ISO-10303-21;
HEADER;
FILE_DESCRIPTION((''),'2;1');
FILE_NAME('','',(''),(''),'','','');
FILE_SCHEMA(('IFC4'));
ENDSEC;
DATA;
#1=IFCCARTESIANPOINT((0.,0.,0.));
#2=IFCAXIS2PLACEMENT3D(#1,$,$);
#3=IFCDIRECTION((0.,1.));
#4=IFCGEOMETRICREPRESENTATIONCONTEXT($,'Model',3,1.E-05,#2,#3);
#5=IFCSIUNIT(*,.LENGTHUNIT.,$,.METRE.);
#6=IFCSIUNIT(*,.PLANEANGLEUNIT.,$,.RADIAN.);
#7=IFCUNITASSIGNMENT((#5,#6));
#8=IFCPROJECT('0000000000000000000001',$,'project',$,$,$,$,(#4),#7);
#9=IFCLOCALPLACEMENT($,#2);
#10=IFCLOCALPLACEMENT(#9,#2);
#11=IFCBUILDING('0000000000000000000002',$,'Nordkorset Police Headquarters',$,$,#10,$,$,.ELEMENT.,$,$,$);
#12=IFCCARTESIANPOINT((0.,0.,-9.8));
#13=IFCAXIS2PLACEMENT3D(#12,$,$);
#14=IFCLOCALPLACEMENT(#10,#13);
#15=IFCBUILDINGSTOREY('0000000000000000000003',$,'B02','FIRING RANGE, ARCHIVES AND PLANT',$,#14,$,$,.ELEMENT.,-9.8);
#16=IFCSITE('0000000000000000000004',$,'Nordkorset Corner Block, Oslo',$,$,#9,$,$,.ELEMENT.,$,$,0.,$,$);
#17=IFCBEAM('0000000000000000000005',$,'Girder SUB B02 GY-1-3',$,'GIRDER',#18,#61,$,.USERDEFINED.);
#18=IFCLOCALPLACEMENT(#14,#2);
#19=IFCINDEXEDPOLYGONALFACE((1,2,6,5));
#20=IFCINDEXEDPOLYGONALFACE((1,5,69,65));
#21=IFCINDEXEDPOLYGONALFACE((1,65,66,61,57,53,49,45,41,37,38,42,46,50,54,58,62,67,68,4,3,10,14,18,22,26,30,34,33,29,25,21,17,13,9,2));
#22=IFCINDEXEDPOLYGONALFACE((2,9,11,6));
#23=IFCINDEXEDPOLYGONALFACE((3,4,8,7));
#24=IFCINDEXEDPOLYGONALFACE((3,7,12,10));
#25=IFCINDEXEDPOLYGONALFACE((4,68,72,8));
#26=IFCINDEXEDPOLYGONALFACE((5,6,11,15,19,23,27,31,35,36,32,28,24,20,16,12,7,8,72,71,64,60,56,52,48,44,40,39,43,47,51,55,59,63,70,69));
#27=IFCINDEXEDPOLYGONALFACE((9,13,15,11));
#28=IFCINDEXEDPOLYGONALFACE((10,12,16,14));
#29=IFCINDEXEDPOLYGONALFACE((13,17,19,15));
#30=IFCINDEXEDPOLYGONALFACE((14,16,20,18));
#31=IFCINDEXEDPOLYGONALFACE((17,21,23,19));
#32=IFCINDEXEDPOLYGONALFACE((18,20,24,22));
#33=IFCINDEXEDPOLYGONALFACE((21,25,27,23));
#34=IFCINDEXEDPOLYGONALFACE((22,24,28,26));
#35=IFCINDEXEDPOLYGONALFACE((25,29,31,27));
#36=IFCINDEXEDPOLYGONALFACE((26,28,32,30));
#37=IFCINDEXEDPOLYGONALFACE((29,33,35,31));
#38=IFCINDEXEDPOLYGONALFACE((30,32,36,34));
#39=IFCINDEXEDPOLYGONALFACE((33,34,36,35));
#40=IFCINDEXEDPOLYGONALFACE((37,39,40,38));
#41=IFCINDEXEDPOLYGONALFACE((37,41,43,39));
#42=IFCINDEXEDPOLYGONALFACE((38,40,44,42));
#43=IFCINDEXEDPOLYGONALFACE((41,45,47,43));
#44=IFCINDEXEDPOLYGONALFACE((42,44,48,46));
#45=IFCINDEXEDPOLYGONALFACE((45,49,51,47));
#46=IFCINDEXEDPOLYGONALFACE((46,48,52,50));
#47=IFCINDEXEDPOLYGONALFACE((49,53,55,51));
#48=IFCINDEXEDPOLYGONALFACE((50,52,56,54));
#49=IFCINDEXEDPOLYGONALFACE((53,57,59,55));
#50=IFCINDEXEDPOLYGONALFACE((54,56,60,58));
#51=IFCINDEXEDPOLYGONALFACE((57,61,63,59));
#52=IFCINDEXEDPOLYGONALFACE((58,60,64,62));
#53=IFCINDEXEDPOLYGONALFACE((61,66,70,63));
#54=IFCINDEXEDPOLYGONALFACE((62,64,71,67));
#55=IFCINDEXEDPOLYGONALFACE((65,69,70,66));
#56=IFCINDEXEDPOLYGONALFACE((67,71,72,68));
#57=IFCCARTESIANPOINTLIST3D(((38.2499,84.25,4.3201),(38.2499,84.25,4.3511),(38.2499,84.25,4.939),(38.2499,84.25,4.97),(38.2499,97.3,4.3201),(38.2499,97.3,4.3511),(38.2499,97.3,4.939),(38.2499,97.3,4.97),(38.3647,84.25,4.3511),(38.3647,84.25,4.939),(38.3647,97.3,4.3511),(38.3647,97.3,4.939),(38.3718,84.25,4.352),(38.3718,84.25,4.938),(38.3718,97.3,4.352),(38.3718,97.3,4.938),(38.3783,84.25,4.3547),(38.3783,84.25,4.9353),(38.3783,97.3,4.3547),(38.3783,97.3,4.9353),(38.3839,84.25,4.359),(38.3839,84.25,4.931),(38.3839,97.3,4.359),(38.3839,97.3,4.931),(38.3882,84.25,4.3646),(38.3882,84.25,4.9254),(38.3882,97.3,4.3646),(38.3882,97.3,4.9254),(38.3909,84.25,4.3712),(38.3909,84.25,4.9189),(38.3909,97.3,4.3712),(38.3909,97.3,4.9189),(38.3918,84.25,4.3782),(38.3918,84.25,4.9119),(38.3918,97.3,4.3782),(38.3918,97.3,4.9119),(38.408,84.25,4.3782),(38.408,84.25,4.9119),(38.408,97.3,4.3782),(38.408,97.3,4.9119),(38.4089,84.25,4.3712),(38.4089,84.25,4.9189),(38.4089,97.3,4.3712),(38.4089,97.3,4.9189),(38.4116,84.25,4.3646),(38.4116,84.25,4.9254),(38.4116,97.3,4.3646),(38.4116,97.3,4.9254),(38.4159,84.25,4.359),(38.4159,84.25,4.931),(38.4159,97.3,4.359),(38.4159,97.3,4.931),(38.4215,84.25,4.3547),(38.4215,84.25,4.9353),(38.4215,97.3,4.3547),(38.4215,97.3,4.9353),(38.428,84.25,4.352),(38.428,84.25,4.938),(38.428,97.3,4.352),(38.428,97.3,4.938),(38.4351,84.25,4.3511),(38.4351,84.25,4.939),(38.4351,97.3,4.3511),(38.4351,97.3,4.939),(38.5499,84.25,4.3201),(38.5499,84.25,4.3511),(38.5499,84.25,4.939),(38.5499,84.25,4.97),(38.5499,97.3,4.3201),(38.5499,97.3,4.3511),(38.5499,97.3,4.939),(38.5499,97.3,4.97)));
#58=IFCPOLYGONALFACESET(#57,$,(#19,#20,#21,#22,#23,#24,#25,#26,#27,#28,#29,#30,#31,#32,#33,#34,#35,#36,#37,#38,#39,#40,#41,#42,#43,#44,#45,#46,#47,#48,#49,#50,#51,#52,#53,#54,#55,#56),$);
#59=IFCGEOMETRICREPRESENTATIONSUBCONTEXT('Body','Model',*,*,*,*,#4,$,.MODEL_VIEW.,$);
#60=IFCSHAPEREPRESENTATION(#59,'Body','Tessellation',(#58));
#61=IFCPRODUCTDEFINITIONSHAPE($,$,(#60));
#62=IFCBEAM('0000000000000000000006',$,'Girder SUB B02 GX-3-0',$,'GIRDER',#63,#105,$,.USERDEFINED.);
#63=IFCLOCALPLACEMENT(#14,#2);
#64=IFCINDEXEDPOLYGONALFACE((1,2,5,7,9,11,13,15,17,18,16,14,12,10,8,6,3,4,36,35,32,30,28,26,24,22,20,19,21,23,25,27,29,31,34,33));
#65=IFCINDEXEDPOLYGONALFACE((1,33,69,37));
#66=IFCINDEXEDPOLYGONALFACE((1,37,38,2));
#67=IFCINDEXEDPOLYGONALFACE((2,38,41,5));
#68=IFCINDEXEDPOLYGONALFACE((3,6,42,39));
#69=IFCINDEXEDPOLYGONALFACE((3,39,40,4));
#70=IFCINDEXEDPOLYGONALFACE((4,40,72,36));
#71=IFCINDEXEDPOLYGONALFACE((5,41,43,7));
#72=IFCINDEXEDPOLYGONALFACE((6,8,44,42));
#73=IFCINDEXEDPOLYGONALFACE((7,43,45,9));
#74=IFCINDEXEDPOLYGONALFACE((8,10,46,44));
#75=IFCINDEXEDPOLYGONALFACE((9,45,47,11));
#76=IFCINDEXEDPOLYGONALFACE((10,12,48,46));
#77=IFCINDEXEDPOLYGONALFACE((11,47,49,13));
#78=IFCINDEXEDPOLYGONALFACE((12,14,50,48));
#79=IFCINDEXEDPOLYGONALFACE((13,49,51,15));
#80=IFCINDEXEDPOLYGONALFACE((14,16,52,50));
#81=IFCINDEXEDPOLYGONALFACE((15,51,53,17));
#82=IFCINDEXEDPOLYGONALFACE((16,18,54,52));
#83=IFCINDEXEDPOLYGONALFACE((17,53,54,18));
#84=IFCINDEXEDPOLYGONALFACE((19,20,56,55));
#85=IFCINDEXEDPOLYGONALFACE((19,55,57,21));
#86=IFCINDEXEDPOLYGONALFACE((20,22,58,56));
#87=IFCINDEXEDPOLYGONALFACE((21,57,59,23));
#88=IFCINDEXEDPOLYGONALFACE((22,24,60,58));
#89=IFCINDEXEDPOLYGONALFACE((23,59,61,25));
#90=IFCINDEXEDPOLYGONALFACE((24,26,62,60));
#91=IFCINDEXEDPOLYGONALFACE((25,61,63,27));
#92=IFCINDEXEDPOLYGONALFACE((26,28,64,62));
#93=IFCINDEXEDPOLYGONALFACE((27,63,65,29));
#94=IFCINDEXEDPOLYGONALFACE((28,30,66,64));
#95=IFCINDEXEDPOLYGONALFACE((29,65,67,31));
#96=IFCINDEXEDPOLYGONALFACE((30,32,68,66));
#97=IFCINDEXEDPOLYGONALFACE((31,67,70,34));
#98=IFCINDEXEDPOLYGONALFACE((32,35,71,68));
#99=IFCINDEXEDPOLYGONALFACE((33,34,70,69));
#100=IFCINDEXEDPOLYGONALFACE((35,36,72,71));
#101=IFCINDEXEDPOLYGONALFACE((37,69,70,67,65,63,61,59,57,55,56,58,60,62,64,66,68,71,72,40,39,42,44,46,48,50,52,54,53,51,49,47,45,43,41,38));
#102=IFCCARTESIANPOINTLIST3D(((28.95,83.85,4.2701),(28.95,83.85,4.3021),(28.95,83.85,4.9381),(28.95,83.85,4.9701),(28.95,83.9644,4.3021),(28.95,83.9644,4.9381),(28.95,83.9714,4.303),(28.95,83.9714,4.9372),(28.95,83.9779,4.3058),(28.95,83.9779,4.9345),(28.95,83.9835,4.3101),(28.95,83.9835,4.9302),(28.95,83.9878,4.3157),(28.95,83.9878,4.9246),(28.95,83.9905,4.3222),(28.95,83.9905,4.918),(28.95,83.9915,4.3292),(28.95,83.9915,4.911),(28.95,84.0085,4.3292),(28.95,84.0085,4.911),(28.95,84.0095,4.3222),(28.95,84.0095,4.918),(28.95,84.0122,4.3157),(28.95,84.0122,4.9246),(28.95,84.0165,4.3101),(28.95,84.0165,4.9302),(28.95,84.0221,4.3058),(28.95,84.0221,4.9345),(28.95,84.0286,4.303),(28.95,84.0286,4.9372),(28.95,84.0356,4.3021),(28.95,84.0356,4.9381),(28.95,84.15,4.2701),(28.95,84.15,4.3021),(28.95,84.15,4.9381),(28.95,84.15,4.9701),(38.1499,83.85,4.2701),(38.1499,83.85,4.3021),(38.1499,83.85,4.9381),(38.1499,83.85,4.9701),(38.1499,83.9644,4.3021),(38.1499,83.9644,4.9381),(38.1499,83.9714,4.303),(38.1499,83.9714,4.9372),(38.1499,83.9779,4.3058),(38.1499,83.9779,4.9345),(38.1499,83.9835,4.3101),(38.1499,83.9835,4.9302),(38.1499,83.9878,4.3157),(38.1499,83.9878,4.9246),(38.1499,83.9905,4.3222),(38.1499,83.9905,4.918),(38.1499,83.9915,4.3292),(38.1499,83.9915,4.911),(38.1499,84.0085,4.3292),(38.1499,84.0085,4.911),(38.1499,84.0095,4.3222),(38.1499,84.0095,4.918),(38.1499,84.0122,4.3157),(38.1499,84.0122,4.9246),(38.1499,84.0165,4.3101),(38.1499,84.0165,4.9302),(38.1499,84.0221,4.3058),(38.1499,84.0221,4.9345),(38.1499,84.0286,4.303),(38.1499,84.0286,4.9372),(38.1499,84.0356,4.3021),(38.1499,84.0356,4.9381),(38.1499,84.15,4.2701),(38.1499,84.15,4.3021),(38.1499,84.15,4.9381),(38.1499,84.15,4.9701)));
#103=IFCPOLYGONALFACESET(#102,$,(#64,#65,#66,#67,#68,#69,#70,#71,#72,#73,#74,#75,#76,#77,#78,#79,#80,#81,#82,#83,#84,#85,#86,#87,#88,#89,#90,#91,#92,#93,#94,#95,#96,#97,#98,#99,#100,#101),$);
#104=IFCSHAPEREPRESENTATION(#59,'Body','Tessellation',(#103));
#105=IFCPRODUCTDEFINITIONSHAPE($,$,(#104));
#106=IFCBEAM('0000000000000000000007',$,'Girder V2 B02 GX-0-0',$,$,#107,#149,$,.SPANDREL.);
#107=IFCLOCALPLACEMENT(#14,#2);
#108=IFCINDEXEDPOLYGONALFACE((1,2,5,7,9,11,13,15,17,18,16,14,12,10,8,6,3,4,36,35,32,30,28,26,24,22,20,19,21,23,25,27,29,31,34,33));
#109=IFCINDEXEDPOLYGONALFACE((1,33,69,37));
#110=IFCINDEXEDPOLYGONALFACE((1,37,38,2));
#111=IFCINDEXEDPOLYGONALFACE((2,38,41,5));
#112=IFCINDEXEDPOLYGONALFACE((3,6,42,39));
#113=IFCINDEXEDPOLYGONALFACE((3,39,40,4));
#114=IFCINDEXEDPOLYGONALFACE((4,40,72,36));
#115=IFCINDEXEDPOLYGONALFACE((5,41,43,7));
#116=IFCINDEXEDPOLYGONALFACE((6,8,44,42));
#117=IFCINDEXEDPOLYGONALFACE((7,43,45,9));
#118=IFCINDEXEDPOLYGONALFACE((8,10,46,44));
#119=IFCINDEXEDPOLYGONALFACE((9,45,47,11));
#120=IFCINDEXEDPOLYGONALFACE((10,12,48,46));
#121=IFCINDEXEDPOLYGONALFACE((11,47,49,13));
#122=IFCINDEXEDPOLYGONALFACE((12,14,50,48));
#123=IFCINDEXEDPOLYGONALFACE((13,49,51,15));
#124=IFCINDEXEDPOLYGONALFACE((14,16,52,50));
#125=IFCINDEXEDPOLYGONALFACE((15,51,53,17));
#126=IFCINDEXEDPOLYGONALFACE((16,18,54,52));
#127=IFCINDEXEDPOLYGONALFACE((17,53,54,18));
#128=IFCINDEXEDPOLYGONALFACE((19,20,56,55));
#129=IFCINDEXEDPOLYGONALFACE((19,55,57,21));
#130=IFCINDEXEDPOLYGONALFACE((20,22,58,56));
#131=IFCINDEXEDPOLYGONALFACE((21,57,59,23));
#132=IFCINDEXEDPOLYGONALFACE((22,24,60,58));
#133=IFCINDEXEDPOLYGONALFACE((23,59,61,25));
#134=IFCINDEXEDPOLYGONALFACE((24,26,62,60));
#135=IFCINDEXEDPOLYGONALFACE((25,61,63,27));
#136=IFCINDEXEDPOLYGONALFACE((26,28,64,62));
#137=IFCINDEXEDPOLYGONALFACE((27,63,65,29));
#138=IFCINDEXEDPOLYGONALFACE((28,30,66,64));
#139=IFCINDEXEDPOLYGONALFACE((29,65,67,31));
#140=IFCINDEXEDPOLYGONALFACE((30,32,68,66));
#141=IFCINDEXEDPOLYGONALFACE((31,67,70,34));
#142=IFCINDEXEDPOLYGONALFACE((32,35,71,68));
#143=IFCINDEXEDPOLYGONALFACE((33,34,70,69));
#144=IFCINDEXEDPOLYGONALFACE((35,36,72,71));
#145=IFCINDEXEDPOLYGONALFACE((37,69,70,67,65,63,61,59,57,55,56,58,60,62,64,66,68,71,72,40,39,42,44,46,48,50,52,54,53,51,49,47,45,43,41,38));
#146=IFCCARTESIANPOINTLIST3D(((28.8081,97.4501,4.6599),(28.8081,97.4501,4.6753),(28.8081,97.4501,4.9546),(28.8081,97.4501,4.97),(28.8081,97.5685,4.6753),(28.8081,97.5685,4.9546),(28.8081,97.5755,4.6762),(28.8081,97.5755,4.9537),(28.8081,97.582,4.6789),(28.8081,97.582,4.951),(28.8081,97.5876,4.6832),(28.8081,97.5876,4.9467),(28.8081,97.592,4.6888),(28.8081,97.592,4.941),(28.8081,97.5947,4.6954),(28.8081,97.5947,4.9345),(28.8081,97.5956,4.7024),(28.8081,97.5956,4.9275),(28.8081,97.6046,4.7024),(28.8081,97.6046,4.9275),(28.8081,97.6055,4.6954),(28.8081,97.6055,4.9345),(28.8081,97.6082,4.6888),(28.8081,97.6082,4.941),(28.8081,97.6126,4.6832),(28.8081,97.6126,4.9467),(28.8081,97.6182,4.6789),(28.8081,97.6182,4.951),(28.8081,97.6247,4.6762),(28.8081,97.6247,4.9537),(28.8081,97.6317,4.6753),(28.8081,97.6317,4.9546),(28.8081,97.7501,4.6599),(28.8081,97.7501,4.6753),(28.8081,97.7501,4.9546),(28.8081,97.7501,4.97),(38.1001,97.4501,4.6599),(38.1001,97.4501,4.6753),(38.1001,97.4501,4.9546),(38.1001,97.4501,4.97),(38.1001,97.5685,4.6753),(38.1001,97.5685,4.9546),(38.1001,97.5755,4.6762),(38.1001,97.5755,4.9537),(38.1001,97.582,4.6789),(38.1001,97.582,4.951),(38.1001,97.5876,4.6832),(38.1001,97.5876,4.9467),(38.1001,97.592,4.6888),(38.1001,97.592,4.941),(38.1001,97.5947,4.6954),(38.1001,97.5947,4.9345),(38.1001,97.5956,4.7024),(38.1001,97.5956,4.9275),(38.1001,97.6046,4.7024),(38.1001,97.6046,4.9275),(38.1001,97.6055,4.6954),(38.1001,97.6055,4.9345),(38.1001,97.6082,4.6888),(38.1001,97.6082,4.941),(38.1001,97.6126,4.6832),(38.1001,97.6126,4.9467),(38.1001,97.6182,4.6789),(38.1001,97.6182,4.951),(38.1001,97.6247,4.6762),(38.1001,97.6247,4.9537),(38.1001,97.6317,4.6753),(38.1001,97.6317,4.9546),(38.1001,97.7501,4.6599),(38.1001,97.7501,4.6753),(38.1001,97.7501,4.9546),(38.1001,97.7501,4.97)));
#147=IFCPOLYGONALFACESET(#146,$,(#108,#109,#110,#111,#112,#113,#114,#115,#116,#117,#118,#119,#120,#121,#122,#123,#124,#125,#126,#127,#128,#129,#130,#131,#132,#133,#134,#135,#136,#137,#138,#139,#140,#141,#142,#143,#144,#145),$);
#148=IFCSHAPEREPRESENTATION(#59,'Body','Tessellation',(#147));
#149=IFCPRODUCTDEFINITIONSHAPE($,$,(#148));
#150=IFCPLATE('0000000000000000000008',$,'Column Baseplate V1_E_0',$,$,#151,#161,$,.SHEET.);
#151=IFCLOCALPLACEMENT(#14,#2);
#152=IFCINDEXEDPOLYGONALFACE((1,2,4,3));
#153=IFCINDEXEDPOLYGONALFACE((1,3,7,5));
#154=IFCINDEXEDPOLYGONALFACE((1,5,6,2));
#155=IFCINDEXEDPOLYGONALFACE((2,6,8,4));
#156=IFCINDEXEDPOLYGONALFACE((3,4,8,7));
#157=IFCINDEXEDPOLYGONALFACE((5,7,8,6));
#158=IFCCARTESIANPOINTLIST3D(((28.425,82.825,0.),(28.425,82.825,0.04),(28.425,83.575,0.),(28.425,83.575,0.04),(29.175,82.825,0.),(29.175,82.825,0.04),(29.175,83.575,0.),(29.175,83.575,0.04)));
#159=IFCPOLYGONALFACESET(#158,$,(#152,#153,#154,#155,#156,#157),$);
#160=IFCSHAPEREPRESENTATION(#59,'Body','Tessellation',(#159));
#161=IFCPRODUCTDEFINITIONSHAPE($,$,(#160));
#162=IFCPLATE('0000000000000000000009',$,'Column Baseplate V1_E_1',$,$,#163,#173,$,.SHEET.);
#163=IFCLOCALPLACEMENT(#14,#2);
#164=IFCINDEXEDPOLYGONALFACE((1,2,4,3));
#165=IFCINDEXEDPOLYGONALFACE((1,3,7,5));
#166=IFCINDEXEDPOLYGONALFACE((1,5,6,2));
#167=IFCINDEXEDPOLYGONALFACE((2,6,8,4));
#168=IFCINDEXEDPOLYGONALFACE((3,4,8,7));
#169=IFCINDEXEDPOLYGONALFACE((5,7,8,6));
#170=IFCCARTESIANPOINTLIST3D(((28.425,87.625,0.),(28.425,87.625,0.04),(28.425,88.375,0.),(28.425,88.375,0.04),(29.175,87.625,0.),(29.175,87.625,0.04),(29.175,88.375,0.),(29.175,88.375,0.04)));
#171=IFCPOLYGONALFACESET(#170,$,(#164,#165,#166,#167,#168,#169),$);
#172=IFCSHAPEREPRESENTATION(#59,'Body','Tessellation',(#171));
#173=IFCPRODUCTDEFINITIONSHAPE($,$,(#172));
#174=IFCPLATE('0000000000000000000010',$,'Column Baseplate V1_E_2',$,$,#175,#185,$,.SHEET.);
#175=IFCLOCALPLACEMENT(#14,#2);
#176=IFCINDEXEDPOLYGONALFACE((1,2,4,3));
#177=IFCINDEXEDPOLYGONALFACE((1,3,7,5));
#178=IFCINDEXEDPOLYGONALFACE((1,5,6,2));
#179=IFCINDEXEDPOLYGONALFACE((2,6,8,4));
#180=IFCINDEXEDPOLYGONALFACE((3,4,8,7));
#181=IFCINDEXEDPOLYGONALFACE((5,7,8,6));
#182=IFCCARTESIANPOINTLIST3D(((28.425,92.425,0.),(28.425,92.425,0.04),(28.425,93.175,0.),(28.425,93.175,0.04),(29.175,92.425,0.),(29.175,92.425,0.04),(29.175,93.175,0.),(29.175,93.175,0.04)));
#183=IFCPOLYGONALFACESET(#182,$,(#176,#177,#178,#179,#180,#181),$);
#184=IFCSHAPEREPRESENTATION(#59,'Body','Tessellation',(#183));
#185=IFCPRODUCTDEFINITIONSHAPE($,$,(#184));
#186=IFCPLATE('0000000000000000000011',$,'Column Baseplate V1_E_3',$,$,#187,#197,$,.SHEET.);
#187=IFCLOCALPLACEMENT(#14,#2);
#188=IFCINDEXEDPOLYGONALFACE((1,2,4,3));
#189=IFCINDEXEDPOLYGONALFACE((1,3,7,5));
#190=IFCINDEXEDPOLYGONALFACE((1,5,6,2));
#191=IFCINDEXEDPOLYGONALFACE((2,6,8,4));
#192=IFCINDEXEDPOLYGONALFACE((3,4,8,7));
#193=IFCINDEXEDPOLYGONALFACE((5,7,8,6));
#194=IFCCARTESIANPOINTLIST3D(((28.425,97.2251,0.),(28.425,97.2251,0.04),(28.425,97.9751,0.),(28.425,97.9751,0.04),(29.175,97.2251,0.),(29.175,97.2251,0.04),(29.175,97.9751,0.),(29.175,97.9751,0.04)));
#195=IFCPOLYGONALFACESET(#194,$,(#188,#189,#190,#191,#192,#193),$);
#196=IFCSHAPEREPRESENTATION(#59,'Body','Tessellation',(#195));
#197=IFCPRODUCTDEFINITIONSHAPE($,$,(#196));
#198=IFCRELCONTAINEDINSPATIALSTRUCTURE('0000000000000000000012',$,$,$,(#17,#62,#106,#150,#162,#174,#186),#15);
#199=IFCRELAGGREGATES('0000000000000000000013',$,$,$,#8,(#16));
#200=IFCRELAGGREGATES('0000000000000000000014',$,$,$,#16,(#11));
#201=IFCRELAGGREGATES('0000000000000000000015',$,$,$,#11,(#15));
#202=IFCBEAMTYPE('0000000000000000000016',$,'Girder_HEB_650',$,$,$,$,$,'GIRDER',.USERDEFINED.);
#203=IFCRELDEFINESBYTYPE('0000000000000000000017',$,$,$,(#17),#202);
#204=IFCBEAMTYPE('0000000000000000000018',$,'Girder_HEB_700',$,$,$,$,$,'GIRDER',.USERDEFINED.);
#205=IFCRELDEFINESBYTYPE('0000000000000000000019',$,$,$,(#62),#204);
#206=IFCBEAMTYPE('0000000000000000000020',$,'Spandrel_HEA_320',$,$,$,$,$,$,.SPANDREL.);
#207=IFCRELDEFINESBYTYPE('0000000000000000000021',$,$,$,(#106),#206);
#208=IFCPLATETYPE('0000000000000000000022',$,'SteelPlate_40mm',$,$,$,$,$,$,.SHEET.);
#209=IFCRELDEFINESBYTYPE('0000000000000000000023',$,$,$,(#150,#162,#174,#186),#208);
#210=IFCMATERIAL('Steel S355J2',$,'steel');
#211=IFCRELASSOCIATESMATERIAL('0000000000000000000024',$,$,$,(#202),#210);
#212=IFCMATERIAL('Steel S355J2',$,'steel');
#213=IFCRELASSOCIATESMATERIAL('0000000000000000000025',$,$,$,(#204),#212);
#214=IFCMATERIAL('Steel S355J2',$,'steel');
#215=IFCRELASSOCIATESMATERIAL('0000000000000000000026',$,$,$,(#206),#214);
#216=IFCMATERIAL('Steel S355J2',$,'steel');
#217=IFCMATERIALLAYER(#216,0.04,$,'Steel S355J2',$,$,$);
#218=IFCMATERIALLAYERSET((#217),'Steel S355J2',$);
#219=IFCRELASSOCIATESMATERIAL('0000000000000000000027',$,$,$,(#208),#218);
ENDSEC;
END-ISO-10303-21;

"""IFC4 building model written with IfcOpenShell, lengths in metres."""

from ifc_helpers import new_model, si_unit, direction, frame, origin, origin_2d, place, context, subcontext, project, spatial, rectangle, i_section, extrude, material, layer, layer_set, material_profile, profile_set, type_object, element, save


model = new_model("IFC4")

# Units and contexts
model_context = context("Model", 3, precision=1e-05, world=origin(), true_north=direction((0.0, 1.0)))
body_context = subcontext(model_context, "Body", "Model", "MODEL_VIEW")
ifc_project = project(units=[si_unit("LENGTHUNIT", "METRE"), si_unit("PLANEANGLEUNIT", "RADIAN")], contexts=[model_context])

# Site, building, storey
site_placement = place(None, origin())
site = spatial("IfcSite", under=ifc_project, at=site_placement, Name="Nordkorset Corner Block, Oslo", CompositionType="ELEMENT", RefElevation=0.0)
building_placement = place(site_placement, origin())
building = spatial("IfcBuilding", under=site, at=building_placement, Name="Nordkorset Police Headquarters", CompositionType="ELEMENT")
storey_placement = place(building_placement, frame((0.0, 0.0, -9.8)))
storey = spatial("IfcBuildingStorey", under=building, at=storey_placement, Name="B02", Description="FIRING RANGE, ARCHIVES AND PLANT", CompositionType="ELEMENT", Elevation=-9.8)

# Beams
ifc_material_1 = material(Name="Steel S355J2", Category="steel")
ifc_material_profile_1 = material_profile(ifc_material_1, i_section(OverallWidth=0.3, OverallDepth=0.6499, WebThickness=0.0161, FlangeThickness=0.031, FilletRadius=0.0271, at=origin_2d()), Name="HEB 650")
ifc_profile_set_1 = profile_set([ifc_material_profile_1], Name="Steel S355J2")
beam_type_1 = type_object("IfcBeamType", Name="Girder_HEB_650", ElementType="GIRDER", PredefinedType="USERDEFINED", material=ifc_profile_set_1)
beam_1_placement = place(storey_placement, frame((38.3999, 84.25, 4.645), z_axis=(0.0, 1.0, 0.0), x_axis=(-1.0, 0.0, 0.0)))
element("IfcBeam", 1, at=beam_1_placement, inside=storey, type_object=beam_type_1, Name="Girder SUB B02 GY-1-3", ObjectType="GIRDER", PredefinedType="USERDEFINED", context=body_context, shape_type="SweptSolid", body=[
    extrude(i_section(OverallWidth=0.3, OverallDepth=0.6499, WebThickness=0.0161, FlangeThickness=0.031, FilletRadius=0.0271, at=origin_2d()), origin(), (0.0, 0.0, 1.0), 13.05),
])
ifc_material_2 = material(Name="Steel S355J2", Category="steel")
ifc_material_profile_2 = material_profile(ifc_material_2, i_section(OverallWidth=0.3, OverallDepth=0.7, WebThickness=0.0171, FlangeThickness=0.032, FilletRadius=0.0271, at=origin_2d()), Name="HEB 700")
ifc_profile_set_2 = profile_set([ifc_material_profile_2], Name="Steel S355J2")
beam_type_2 = type_object("IfcBeamType", Name="Girder_HEB_700", ElementType="GIRDER", PredefinedType="USERDEFINED", material=ifc_profile_set_2)
beam_2_placement = place(storey_placement, frame((28.95, 84.0, 4.6201), z_axis=(1.0, 0.0, 0.0), x_axis=(0.0, 1.0, 0.0)))
element("IfcBeam", 2, at=beam_2_placement, inside=storey, type_object=beam_type_2, Name="Girder SUB B02 GX-3-0", ObjectType="GIRDER", PredefinedType="USERDEFINED", context=body_context, shape_type="SweptSolid", body=[
    extrude(i_section(OverallWidth=0.3, OverallDepth=0.7, WebThickness=0.0171, FlangeThickness=0.032, FilletRadius=0.0271, at=origin_2d()), origin(), (0.0, 0.0, 1.0), 9.2),
])
ifc_material_3 = material(Name="Steel S355J2", Category="steel")
ifc_material_profile_3 = material_profile(ifc_material_3, i_section(OverallWidth=0.3, OverallDepth=0.3101, WebThickness=0.009, FlangeThickness=0.0154, FilletRadius=0.0271, at=origin_2d()), Name="HEA 320")
ifc_profile_set_3 = profile_set([ifc_material_profile_3], Name="Steel S355J2")
beam_type_3 = type_object("IfcBeamType", Name="Spandrel_HEA_320", PredefinedType="SPANDREL", material=ifc_profile_set_3)
beam_3_placement = place(storey_placement, frame((28.8081, 97.6001, 4.8149), z_axis=(1.0, 0.0, 0.0), x_axis=(0.0, 1.0, 0.0)))
element("IfcBeam", 3, at=beam_3_placement, inside=storey, type_object=beam_type_3, Name="Girder V2 B02 GX-0-0", PredefinedType="SPANDREL", context=body_context, shape_type="SweptSolid", body=[
    extrude(i_section(OverallWidth=0.3, OverallDepth=0.3101, WebThickness=0.009, FlangeThickness=0.0154, FilletRadius=0.0271, at=origin_2d()), origin(), (0.0, 0.0, 1.0), 9.292),
])

# Plates
ifc_material_4 = material(Name="Steel S355J2", Category="steel")
ifc_layer_1 = layer(ifc_material_4, 0.04, Name="Steel S355J2")
ifc_layer_set_1 = layer_set([ifc_layer_1], Name="Steel S355J2")
plate_type = type_object("IfcPlateType", Name="SteelPlate_40mm", PredefinedType="SHEET", material=ifc_layer_set_1)
for number, where, z_axis, x_axis, name in (
    (4, (28.8, 83.2, 0.0), (0.0, 0.0, 1.0), (1.0, 0.0, 0.0), "Column Baseplate V1_E_0"),
    (5, (28.8, 88.0, 0.0), (0.0, 0.0, 1.0), (1.0, 0.0, 0.0), "Column Baseplate V1_E_1"),
    (6, (28.8, 92.8, 0.0), (0.0, 0.0, 1.0), (1.0, 0.0, 0.0), "Column Baseplate V1_E_2"),
    (7, (28.8, 97.6001, 0.0), (0.0, 0.0, 1.0), (1.0, 0.0, 0.0), "Column Baseplate V1_E_3"),
):
    element("IfcPlate", number, at=place(storey_placement, frame(where, z_axis=z_axis, x_axis=x_axis)), inside=storey, type_object=plate_type, Name=name, PredefinedType="SHEET", context=body_context, shape_type="SweptSolid", body=[
        extrude(rectangle(XDim=0.75, YDim=0.75, at=origin_2d()), origin(), (0.0, 0.0, 1.0), 0.04),
    ])

save(model, "model.ifc")
